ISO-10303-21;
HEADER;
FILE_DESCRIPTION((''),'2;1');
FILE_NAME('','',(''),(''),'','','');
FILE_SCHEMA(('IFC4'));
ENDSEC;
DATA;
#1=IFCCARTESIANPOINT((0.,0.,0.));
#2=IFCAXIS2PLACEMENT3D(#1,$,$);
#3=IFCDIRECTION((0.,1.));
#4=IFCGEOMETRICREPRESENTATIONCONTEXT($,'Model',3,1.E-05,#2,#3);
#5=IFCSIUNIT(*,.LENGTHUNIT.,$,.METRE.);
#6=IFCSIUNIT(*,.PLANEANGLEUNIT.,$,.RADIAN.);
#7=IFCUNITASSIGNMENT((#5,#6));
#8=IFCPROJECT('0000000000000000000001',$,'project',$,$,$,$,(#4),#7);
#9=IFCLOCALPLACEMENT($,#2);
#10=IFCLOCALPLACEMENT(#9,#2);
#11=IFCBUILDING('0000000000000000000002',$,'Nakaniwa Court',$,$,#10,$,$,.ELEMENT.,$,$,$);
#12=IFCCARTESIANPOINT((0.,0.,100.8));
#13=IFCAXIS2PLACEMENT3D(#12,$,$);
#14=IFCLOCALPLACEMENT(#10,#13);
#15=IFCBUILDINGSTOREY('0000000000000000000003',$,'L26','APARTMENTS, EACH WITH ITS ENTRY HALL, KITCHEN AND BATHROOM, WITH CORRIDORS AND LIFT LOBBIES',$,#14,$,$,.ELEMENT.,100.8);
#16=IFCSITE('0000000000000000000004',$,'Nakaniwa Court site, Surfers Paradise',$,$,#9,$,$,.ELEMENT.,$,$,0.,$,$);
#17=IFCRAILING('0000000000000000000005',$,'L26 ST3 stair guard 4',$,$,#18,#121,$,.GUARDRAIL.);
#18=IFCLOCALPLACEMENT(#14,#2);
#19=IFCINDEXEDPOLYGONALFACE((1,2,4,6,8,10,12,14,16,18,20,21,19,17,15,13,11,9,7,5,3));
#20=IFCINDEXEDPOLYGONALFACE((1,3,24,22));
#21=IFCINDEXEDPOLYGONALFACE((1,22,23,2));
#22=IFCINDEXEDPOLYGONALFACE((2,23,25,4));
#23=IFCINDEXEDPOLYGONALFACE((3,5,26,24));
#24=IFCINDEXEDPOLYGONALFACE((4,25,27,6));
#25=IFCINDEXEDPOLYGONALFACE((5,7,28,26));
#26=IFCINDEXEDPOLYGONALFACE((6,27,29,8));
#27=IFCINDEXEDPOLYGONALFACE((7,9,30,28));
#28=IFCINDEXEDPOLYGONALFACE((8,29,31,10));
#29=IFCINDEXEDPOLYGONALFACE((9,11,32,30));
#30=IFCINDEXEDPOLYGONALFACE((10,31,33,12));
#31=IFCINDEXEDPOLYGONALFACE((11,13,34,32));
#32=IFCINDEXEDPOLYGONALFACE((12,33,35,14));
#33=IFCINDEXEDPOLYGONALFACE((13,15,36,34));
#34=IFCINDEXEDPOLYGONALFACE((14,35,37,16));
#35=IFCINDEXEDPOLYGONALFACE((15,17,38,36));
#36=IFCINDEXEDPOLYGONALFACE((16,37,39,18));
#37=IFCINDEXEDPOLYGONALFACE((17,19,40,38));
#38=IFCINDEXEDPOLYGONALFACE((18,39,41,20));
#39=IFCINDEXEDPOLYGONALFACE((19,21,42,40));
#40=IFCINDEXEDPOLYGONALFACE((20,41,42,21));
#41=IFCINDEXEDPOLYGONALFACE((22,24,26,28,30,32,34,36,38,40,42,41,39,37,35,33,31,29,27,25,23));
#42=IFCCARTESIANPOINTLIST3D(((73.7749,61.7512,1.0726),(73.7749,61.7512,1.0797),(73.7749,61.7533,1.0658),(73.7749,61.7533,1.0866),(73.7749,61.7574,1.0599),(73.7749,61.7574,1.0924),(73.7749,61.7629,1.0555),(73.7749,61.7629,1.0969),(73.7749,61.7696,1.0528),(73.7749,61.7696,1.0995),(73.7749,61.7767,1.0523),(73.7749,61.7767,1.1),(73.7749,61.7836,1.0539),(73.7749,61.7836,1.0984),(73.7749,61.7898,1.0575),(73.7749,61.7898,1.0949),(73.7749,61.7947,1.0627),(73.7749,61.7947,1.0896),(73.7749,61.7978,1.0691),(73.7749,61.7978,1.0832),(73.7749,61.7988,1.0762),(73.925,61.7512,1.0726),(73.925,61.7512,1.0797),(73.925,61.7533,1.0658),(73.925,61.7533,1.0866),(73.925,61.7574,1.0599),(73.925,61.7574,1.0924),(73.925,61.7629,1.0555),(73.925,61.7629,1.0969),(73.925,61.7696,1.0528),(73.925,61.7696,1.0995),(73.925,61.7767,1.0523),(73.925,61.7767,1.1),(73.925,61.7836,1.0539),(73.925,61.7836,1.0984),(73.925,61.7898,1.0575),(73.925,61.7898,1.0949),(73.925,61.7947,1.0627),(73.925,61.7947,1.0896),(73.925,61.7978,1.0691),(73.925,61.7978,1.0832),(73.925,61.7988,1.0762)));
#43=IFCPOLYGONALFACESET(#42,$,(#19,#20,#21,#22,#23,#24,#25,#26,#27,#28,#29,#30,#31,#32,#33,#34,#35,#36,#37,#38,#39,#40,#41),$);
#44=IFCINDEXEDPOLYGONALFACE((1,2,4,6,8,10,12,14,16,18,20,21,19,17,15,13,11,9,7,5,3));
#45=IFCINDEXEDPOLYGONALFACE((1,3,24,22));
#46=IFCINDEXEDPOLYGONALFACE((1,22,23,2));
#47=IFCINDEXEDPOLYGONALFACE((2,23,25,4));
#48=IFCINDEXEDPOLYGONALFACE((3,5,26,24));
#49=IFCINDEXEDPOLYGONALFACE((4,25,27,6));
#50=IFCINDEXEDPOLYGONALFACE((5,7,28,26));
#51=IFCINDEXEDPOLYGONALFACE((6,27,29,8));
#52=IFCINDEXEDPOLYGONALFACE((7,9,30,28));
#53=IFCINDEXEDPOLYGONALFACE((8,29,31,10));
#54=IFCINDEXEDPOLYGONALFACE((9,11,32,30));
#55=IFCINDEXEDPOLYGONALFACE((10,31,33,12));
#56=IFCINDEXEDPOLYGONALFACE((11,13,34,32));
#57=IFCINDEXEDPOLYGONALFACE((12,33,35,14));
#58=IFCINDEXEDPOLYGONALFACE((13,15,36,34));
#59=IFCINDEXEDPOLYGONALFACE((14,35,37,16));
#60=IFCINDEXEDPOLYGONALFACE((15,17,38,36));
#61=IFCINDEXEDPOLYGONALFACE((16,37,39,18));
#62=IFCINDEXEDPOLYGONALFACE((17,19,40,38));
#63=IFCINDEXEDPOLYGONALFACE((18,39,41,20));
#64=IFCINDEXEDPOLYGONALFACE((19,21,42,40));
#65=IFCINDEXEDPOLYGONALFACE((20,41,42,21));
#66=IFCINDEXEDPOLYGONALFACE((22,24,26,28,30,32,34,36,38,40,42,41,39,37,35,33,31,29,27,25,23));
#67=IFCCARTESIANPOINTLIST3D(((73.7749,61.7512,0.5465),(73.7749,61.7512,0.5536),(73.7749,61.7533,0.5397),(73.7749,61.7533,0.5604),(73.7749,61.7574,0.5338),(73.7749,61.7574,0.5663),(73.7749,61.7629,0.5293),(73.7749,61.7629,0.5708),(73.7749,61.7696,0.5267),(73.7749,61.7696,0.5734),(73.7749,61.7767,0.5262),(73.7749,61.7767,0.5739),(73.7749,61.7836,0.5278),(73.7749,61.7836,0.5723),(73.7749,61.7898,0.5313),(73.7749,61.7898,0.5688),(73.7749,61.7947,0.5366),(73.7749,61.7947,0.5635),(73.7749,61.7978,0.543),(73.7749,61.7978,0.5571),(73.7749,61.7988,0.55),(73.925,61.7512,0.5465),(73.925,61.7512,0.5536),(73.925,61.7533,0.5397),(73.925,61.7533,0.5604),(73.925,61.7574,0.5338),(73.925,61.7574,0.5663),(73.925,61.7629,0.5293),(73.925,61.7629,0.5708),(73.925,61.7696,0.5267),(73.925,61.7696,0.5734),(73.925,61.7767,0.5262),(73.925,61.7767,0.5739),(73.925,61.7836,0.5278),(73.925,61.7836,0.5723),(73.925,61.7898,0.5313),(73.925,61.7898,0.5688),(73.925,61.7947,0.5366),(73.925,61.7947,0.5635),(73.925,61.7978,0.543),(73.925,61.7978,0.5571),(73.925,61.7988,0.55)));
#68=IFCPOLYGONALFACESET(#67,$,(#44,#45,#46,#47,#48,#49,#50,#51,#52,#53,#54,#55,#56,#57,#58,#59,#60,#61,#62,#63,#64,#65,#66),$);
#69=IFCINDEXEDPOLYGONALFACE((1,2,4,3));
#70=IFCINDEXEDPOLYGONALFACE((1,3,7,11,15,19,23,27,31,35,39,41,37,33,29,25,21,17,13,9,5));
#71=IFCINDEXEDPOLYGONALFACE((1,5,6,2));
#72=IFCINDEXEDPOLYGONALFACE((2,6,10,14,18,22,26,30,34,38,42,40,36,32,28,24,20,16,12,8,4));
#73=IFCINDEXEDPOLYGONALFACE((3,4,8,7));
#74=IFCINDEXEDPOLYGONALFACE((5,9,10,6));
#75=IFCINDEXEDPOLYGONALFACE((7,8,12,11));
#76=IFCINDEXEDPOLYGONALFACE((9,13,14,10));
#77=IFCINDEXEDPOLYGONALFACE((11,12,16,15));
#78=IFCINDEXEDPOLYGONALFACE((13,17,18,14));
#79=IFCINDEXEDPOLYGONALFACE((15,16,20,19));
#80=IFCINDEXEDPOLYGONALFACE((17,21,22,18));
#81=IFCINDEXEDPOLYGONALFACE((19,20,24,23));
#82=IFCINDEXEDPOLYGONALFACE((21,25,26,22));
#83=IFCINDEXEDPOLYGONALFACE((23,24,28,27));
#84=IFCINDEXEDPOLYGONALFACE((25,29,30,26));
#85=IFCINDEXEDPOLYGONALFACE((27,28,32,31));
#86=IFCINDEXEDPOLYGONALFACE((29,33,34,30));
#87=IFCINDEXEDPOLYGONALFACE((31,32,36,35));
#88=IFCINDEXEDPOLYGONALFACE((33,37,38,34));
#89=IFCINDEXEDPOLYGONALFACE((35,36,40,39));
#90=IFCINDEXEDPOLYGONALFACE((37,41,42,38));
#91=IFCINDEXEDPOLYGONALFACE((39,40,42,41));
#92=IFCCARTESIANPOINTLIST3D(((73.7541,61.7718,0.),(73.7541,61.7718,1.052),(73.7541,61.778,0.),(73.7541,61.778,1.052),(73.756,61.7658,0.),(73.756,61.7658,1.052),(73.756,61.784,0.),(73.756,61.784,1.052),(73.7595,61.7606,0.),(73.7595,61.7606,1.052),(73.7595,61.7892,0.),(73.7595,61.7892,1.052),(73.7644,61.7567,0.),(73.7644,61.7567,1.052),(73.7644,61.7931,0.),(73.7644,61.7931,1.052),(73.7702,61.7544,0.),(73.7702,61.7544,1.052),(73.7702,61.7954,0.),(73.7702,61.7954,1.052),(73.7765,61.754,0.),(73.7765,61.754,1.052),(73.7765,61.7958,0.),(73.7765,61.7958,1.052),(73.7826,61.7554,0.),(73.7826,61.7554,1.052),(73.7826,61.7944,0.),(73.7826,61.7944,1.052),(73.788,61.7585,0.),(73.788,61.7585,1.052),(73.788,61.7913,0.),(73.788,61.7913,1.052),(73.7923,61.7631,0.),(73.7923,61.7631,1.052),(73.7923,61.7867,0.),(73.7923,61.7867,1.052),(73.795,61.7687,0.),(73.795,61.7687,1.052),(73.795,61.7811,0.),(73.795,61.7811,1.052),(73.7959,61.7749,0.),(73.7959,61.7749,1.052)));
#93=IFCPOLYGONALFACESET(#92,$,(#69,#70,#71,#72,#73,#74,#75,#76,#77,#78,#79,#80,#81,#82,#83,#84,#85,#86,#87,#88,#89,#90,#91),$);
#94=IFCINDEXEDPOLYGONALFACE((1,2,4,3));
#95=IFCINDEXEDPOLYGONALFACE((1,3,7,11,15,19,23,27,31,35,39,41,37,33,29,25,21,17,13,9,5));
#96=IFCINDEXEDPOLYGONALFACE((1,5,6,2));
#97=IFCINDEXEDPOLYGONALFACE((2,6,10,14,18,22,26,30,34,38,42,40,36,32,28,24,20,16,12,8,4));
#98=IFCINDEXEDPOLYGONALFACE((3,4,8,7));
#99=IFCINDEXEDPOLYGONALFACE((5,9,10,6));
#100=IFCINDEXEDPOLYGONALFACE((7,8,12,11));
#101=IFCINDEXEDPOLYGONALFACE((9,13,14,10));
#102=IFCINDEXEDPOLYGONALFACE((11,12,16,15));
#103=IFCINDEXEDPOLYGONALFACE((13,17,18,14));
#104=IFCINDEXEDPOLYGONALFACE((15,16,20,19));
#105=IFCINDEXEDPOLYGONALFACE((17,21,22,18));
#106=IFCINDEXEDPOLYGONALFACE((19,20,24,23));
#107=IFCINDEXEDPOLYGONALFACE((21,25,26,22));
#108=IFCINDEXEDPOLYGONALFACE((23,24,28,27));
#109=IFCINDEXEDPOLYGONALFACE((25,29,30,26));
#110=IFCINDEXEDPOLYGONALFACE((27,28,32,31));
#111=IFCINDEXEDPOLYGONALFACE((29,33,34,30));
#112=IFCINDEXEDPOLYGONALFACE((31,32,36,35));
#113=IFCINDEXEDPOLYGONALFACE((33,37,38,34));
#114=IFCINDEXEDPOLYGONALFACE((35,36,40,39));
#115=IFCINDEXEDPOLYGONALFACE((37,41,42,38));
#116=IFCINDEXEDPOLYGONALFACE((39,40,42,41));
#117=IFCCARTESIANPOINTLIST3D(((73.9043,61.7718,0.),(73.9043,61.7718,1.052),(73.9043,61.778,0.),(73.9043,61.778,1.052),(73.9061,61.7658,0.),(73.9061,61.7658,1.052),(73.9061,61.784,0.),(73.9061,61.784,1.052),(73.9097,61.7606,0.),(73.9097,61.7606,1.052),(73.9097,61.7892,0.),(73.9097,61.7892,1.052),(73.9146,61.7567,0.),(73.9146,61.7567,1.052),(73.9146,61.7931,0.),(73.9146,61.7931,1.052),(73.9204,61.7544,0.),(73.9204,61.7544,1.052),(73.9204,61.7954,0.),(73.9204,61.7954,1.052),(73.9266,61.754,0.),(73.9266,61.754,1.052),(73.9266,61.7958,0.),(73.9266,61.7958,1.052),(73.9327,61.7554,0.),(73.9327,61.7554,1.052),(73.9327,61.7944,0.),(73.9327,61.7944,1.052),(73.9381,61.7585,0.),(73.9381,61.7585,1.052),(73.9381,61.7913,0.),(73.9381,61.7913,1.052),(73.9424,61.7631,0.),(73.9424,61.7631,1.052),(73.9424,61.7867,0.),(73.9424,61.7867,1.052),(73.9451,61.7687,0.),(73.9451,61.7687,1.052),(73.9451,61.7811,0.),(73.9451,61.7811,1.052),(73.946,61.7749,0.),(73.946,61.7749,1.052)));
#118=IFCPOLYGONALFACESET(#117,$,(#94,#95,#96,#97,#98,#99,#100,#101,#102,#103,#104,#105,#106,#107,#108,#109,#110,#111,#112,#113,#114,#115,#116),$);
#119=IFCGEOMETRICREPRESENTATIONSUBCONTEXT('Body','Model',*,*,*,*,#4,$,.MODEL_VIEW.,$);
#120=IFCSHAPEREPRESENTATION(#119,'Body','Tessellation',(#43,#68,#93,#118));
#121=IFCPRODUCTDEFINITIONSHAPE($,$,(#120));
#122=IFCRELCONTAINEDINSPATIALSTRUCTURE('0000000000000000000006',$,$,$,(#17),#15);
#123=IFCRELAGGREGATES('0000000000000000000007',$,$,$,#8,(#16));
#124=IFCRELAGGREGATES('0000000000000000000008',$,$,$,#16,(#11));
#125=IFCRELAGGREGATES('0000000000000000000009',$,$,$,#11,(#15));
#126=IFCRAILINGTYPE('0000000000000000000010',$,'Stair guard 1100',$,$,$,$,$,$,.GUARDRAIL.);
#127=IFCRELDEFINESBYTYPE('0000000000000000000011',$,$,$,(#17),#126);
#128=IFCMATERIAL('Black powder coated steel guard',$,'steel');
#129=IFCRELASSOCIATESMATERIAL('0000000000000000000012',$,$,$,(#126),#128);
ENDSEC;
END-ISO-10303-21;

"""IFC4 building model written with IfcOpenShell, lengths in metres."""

from ifc_helpers import new_model, si_unit, direction, frame, origin, origin_2d, place, context, subcontext, project, spatial, circle, extrude, material, type_object, element, save


model = new_model("IFC4")

# Units and contexts
model_context = context("Model", 3, precision=1e-05, world=origin(), true_north=direction((0.0, 1.0)))
body_context = subcontext(model_context, "Body", "Model", "MODEL_VIEW")
ifc_project = project(units=[si_unit("LENGTHUNIT", "METRE"), si_unit("PLANEANGLEUNIT", "RADIAN")], contexts=[model_context])

# Site, building, storey
site_placement = place(None, origin())
site = spatial("IfcSite", under=ifc_project, at=site_placement, Name="Nakaniwa Court site, Surfers Paradise", CompositionType="ELEMENT", RefElevation=0.0)
building_placement = place(site_placement, origin())
building = spatial("IfcBuilding", under=site, at=building_placement, Name="Nakaniwa Court", CompositionType="ELEMENT")
storey_placement = place(building_placement, frame((0.0, 0.0, 100.8)))
storey = spatial("IfcBuildingStorey", under=building, at=storey_placement, Name="L26", Description="APARTMENTS, EACH WITH ITS ENTRY HALL, KITCHEN AND BATHROOM, WITH CORRIDORS AND LIFT LOBBIES", CompositionType="ELEMENT", Elevation=100.8)

# Railing
ifc_material_1 = material(Name="Black powder coated steel guard", Category="steel")
railing_type_1 = type_object("IfcRailingType", Name="Stair guard 1100", PredefinedType="GUARDRAIL", material=ifc_material_1)
railing_1_placement = place(storey_placement, frame((73.7749, 61.7749, 0.0)))
element("IfcRailing", 1, at=railing_1_placement, inside=storey, type_object=railing_type_1, Name="L26 ST3 stair guard 4", PredefinedType="GUARDRAIL", context=body_context, shape_type="SweptSolid", body=[
    extrude(circle(Radius=0.0239, at=origin_2d()), frame((0.0, 0.0, 1.0762), z_axis=(1.0, 0.0, 0.0), x_axis=(0.0, 1.0, 0.0)), (0.0, 0.0, 1.0), 0.1501),
    extrude(circle(Radius=0.0239, at=origin_2d()), frame((0.0, 0.0, 0.55), z_axis=(1.0, 0.0, 0.0), x_axis=(0.0, 1.0, 0.0)), (0.0, 0.0, 1.0), 0.1501),
    extrude(circle(Radius=0.021, at=origin_2d()), origin(), (0.0, 0.0, 1.0), 1.052),
    extrude(circle(Radius=0.021, at=origin_2d()), frame((0.1501, 0.0, 0.0)), (0.0, 0.0, 1.0), 1.052),
])

save(model, "model.ifc")
